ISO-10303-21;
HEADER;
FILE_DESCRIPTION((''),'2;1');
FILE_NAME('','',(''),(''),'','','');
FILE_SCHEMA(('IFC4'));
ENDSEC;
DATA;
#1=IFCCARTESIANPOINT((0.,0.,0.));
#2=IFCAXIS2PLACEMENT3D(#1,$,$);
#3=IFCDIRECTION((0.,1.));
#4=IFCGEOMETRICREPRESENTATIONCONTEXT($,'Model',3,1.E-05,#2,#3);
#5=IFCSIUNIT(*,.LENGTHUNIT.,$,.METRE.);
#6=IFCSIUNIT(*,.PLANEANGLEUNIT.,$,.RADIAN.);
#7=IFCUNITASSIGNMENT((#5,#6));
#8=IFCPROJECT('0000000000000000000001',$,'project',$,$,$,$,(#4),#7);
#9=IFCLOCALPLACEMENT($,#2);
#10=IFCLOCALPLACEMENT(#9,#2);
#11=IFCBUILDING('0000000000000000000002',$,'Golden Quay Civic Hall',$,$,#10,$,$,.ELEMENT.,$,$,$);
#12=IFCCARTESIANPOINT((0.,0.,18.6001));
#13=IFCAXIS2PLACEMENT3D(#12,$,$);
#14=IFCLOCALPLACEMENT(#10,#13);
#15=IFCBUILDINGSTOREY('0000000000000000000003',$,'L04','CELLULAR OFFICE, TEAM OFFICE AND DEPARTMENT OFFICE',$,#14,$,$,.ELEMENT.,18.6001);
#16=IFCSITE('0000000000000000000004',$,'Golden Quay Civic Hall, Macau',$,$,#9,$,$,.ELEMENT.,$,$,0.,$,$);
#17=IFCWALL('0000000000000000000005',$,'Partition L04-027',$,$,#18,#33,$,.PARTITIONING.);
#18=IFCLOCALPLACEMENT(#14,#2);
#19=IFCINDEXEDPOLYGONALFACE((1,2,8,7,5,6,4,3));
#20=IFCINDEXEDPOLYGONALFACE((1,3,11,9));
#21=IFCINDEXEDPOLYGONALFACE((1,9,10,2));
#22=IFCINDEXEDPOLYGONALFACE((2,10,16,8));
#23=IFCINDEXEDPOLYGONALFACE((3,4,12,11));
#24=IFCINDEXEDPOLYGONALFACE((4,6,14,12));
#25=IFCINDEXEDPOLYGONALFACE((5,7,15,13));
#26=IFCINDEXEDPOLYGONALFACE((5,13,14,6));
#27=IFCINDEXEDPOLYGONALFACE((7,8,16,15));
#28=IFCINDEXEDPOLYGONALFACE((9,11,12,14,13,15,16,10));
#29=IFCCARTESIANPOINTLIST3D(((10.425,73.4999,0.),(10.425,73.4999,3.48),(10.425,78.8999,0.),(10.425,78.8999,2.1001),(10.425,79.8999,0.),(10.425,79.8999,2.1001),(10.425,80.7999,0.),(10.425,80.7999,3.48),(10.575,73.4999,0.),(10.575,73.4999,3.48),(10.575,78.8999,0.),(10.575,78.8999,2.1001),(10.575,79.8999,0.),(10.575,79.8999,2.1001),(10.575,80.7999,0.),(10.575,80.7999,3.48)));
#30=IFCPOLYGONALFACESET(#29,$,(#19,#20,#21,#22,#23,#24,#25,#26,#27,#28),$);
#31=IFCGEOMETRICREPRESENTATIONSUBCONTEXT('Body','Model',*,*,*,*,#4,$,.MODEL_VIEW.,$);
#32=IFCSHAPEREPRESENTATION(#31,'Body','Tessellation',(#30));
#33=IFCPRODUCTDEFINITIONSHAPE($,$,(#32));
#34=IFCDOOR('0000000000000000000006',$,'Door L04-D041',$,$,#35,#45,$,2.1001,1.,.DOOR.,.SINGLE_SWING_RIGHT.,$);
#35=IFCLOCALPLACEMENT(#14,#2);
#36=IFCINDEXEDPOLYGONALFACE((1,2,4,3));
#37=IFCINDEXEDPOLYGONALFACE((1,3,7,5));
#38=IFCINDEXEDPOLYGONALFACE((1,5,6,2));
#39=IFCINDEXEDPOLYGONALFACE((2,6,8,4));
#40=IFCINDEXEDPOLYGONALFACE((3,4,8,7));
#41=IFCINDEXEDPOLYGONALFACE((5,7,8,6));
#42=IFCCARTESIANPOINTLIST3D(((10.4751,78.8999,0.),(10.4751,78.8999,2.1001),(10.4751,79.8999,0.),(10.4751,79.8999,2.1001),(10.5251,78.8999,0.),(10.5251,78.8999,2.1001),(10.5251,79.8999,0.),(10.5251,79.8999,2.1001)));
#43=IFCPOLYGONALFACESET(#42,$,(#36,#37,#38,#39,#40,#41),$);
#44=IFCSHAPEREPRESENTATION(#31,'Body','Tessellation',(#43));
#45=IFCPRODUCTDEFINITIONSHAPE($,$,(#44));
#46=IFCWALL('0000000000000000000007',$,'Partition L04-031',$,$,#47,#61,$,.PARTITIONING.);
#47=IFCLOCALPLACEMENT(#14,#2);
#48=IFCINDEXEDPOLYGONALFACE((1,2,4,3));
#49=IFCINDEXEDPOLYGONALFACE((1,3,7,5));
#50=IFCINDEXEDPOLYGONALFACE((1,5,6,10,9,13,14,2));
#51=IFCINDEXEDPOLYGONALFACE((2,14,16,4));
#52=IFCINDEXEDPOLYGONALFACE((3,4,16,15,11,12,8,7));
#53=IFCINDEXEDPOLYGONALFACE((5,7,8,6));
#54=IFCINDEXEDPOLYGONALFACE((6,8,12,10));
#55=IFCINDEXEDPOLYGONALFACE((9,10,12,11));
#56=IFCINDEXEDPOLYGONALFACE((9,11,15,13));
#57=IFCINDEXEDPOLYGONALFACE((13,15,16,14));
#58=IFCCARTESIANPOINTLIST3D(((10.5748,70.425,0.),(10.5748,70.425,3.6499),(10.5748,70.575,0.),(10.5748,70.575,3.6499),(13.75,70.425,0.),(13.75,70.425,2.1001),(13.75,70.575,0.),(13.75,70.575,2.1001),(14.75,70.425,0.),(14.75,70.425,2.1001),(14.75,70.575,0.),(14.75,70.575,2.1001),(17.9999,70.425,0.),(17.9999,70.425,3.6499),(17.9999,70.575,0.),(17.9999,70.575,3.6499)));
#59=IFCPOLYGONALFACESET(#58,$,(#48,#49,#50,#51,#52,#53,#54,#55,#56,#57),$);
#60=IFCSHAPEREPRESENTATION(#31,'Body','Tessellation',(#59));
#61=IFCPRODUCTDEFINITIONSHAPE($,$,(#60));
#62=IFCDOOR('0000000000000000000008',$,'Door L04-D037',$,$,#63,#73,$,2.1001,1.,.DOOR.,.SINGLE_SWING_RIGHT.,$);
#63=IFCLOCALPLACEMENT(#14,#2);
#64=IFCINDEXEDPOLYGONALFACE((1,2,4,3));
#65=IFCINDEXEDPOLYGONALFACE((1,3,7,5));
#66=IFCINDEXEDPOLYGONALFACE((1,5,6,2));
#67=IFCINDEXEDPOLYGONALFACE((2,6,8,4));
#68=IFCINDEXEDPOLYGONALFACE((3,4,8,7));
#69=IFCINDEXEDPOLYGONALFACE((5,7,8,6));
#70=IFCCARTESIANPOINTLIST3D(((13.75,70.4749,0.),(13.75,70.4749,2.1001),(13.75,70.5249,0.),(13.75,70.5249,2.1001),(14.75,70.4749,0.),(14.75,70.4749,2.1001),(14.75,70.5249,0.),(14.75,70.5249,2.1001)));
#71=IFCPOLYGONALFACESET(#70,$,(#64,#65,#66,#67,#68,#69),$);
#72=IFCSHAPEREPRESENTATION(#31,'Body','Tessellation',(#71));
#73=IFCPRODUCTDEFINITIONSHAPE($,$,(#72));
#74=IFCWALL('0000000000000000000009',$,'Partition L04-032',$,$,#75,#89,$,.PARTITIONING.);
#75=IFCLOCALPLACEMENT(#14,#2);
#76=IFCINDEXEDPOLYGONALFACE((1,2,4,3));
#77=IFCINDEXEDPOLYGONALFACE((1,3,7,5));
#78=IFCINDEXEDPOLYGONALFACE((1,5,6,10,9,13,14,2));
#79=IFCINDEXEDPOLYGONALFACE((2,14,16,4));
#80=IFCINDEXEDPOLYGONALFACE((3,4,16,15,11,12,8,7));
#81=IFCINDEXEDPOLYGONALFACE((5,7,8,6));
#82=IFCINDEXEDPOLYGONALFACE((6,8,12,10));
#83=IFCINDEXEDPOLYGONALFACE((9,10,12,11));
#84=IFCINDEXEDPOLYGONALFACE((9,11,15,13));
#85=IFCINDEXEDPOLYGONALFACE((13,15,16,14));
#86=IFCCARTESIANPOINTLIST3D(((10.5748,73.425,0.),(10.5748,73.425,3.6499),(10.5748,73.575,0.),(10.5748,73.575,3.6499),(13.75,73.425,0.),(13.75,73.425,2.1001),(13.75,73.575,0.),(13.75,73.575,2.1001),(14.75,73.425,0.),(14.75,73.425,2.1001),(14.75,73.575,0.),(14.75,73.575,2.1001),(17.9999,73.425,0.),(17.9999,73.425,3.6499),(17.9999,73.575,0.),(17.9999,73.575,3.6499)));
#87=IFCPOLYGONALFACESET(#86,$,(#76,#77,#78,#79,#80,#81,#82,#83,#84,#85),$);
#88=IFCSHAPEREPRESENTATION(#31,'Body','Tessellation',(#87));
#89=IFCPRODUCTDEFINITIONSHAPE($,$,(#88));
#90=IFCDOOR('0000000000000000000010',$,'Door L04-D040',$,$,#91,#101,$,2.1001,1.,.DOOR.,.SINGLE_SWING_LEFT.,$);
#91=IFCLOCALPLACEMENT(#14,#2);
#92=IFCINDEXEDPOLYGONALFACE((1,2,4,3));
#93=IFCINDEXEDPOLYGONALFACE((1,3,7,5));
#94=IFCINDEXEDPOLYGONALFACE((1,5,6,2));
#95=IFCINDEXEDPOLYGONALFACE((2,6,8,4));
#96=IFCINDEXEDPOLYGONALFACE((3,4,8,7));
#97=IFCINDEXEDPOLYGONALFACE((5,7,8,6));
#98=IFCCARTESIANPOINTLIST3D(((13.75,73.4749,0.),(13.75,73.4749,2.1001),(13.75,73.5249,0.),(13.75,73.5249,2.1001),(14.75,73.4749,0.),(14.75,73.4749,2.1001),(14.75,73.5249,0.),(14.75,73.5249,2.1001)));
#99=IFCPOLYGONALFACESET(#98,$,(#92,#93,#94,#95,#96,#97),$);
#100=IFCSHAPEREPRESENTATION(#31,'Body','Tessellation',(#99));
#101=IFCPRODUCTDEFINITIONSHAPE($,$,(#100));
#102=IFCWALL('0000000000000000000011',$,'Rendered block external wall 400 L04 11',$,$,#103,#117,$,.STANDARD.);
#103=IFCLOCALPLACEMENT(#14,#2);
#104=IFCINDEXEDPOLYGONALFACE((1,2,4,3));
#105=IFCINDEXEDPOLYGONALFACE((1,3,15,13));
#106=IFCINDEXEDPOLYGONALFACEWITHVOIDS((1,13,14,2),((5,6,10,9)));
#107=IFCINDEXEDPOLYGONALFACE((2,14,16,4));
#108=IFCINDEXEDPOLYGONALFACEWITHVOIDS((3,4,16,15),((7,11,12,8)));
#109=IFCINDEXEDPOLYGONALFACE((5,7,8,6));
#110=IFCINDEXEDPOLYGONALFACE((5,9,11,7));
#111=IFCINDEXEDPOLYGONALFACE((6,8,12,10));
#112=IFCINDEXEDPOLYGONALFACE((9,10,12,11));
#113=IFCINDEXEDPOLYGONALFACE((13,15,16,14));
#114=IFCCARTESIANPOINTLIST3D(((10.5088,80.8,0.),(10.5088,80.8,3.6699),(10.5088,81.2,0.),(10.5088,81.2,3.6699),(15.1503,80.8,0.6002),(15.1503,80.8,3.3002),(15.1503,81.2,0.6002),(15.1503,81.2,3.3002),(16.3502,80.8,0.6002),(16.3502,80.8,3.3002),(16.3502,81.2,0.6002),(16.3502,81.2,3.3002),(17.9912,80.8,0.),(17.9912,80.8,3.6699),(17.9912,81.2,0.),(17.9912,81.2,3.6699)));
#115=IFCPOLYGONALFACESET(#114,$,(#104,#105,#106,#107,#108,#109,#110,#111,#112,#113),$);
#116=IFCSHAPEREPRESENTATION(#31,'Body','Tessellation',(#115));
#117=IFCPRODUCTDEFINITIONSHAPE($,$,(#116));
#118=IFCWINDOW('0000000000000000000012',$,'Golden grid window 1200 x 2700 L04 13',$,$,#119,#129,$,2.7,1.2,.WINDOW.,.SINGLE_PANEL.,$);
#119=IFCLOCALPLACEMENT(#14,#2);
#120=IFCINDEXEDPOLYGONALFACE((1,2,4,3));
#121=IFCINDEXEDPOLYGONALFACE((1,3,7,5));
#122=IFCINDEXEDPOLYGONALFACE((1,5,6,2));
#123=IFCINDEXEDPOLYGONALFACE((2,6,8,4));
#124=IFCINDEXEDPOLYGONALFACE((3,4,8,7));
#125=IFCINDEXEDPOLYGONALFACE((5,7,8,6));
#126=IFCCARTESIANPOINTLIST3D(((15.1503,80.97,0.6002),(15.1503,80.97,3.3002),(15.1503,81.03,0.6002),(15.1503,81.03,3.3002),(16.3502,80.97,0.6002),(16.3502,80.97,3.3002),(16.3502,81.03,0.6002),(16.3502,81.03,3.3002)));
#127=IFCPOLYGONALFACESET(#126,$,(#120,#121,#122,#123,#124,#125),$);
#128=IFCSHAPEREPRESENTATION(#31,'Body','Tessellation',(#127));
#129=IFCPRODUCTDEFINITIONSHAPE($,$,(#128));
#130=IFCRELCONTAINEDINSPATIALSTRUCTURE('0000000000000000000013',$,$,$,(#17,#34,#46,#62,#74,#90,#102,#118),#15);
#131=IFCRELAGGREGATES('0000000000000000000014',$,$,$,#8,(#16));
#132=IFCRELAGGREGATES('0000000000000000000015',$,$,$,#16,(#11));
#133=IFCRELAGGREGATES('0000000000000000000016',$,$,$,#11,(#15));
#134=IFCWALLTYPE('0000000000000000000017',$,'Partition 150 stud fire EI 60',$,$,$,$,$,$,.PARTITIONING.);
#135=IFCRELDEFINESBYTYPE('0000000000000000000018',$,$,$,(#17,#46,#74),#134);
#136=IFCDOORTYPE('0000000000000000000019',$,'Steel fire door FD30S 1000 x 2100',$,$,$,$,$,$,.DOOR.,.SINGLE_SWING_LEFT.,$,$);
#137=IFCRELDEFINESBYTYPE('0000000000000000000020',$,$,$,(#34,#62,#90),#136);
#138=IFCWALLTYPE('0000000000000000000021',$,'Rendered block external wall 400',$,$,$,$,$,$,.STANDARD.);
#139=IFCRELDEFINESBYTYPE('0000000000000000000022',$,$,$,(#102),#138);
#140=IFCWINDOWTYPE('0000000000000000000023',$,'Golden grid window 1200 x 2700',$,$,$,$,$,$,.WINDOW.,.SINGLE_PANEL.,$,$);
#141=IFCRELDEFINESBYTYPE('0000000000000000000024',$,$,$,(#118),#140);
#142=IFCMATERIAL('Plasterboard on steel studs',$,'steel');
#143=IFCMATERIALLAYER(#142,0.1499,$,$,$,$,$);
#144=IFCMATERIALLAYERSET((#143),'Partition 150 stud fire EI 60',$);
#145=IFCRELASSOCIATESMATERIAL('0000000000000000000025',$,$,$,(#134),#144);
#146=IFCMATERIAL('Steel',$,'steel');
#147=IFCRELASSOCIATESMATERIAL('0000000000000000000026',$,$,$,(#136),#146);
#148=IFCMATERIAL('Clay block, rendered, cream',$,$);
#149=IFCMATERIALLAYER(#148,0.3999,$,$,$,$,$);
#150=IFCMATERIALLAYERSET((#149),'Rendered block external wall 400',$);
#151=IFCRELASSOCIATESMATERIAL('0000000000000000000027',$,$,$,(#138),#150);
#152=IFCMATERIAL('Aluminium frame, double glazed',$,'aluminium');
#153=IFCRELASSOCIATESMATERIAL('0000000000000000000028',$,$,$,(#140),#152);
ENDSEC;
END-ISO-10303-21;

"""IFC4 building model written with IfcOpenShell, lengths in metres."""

from ifc_helpers import new_model, si_unit, direction, frame, frame_2d, origin, place, context, subcontext, project, spatial, rectangle, extrude, material, layer, layer_set, type_object, element, fill, save


model = new_model("IFC4")

# Units and contexts
model_context = context("Model", 3, precision=1e-05, world=origin(), true_north=direction((0.0, 1.0)))
body_context = subcontext(model_context, "Body", "Model", "MODEL_VIEW")
ifc_project = project(units=[si_unit("LENGTHUNIT", "METRE"), si_unit("PLANEANGLEUNIT", "RADIAN")], contexts=[model_context])

# Site, building, storey
site_placement = place(None, origin())
site = spatial("IfcSite", under=ifc_project, at=site_placement, Name="Golden Quay Civic Hall, Macau", CompositionType="ELEMENT", RefElevation=0.0)
building_placement = place(site_placement, origin())
building = spatial("IfcBuilding", under=site, at=building_placement, Name="Golden Quay Civic Hall", CompositionType="ELEMENT")
storey_placement = place(building_placement, frame((0.0, 0.0, 18.6001)))
storey = spatial("IfcBuildingStorey", under=building, at=storey_placement, Name="L04", Description="CELLULAR OFFICE, TEAM OFFICE AND DEPARTMENT OFFICE", CompositionType="ELEMENT", Elevation=18.6001)

# Walls, openings, doors
ifc_material_1 = material(Name="Plasterboard on steel studs", Category="steel")
ifc_layer_1 = layer(ifc_material_1, 0.1499)
ifc_layer_set_1 = layer_set([ifc_layer_1], Name="Partition 150 stud fire EI 60")
wall_type_1 = type_object("IfcWallType", Name="Partition 150 stud fire EI 60", PredefinedType="PARTITIONING", material=ifc_layer_set_1)
wall_1_placement = place(storey_placement, frame((10.5, 73.5, 0.0), z_axis=(0.0, 0.0, 1.0), x_axis=(0.0, 1.0, 0.0)))
wall_1 = element("IfcWall", 1, at=wall_1_placement, inside=storey, type_object=wall_type_1, Name="Partition L04-027", PredefinedType="PARTITIONING", context=body_context, shape_type="SweptSolid", body=[
    extrude(rectangle(XDim=7.3, YDim=0.1499, at=frame_2d((3.6499, 0.0))), origin(), (0.0, 0.0, 1.0), 3.48),
])
opening_1_placement = place(wall_1_placement, frame((5.3999, 0.0, 0.0)))
opening_1 = element("IfcOpeningElement", 2, at=opening_1_placement, cuts=wall_1, PredefinedType="OPENING", context=body_context, shape_type="SweptSolid", body=[
    extrude(rectangle(XDim=1.0, YDim=2.1001, at=frame_2d((0.5, 1.05))), frame((0.0, 0.085, 0.0), z_axis=(0.0, -1.0, 0.0), x_axis=(1.0, 0.0, 0.0)), (0.0, 0.0, 1.0), 0.1699),
])
ifc_material_2 = material(Name="Steel", Category="steel")
door_type = type_object("IfcDoorType", Name="Steel fire door FD30S 1000 x 2100", OperationType="SINGLE_SWING_LEFT", PredefinedType="DOOR", material=ifc_material_2)
door_1_placement = place(opening_1_placement, frame((1.0, 0.0, 0.0), z_axis=(0.0, 0.0, 1.0), x_axis=(-1.0, 0.0, 0.0)))
door_1 = element("IfcDoor", 3, at=door_1_placement, inside=storey, type_object=door_type, Name="Door L04-D041", OperationType="SINGLE_SWING_RIGHT", OverallHeight=2.1001, OverallWidth=1.0, PredefinedType="DOOR", context=body_context, shape_type="SweptSolid", body=[
    extrude(rectangle(XDim=1.0, YDim=2.1001, at=frame_2d((0.5, 1.05))), frame((0.0, 0.0251, 0.0), z_axis=(0.0, -1.0, 0.0), x_axis=(1.0, 0.0, 0.0)), (0.0, 0.0, 1.0), 0.05),
])
fill(opening_1, door_1)
wall_2_placement = place(storey_placement, frame((10.575, 70.5, 0.0), z_axis=(0.0, 0.0, 1.0), x_axis=(1.0, 0.0, 0.0)))
wall_2 = element("IfcWall", 4, at=wall_2_placement, inside=storey, type_object=wall_type_1, Name="Partition L04-031", PredefinedType="PARTITIONING", context=body_context, shape_type="SweptSolid", body=[
    extrude(rectangle(XDim=7.425, YDim=0.1499, at=frame_2d((3.7124, 0.0))), origin(), (0.0, 0.0, 1.0), 3.6499),
])
opening_2_placement = place(wall_2_placement, frame((3.175, 0.0, 0.0)))
opening_2 = element("IfcOpeningElement", 5, at=opening_2_placement, cuts=wall_2, PredefinedType="OPENING", context=body_context, shape_type="SweptSolid", body=[
    extrude(rectangle(XDim=1.0, YDim=2.1001, at=frame_2d((0.5, 1.05))), frame((0.0, 0.085, 0.0), z_axis=(0.0, -1.0, 0.0), x_axis=(1.0, 0.0, 0.0)), (0.0, 0.0, 1.0), 0.1699),
])
door_2_placement = place(opening_2_placement, frame((1.0, 0.0, 0.0), z_axis=(0.0, 0.0, 1.0), x_axis=(-1.0, 0.0, 0.0)))
door_2 = element("IfcDoor", 6, at=door_2_placement, inside=storey, type_object=door_type, Name="Door L04-D037", OperationType="SINGLE_SWING_RIGHT", OverallHeight=2.1001, OverallWidth=1.0, PredefinedType="DOOR", context=body_context, shape_type="SweptSolid", body=[
    extrude(rectangle(XDim=1.0, YDim=2.1001, at=frame_2d((0.5, 1.05))), frame((0.0, 0.0251, 0.0), z_axis=(0.0, -1.0, 0.0), x_axis=(1.0, 0.0, 0.0)), (0.0, 0.0, 1.0), 0.05),
])
fill(opening_2, door_2)
wall_3_placement = place(storey_placement, frame((10.575, 73.5, 0.0), z_axis=(0.0, 0.0, 1.0), x_axis=(1.0, 0.0, 0.0)))
wall_3 = element("IfcWall", 7, at=wall_3_placement, inside=storey, type_object=wall_type_1, Name="Partition L04-032", PredefinedType="PARTITIONING", context=body_context, shape_type="SweptSolid", body=[
    extrude(rectangle(XDim=7.425, YDim=0.1499, at=frame_2d((3.7124, 0.0))), origin(), (0.0, 0.0, 1.0), 3.6499),
])
opening_3_placement = place(wall_3_placement, frame((3.175, 0.0, 0.0)))
opening_3 = element("IfcOpeningElement", 8, at=opening_3_placement, cuts=wall_3, PredefinedType="OPENING", context=body_context, shape_type="SweptSolid", body=[
    extrude(rectangle(XDim=1.0, YDim=2.1001, at=frame_2d((0.5, 1.05))), frame((0.0, 0.085, 0.0), z_axis=(0.0, -1.0, 0.0), x_axis=(1.0, 0.0, 0.0)), (0.0, 0.0, 1.0), 0.1699),
])
door_3_placement = place(opening_3_placement, origin())
door_3 = element("IfcDoor", 9, at=door_3_placement, inside=storey, type_object=door_type, Name="Door L04-D040", OperationType="SINGLE_SWING_LEFT", OverallHeight=2.1001, OverallWidth=1.0, PredefinedType="DOOR", context=body_context, shape_type="SweptSolid", body=[
    extrude(rectangle(XDim=1.0, YDim=2.1001, at=frame_2d((0.5, 1.05))), frame((0.0, 0.0249, 0.0), z_axis=(0.0, -1.0, 0.0), x_axis=(1.0, 0.0, 0.0)), (0.0, 0.0, 1.0), 0.05),
])
fill(opening_3, door_3)

# Wall, opening, window
ifc_material_3 = material(Name="Clay block, rendered, cream")
ifc_layer_2 = layer(ifc_material_3, 0.3999)
ifc_layer_set_2 = layer_set([ifc_layer_2], Name="Rendered block external wall 400")
wall_type_2 = type_object("IfcWallType", Name="Rendered block external wall 400", PredefinedType="STANDARD", material=ifc_layer_set_2)
wall_4_placement = place(storey_placement, frame((10.5088, 81.0, 0.0), z_axis=(0.0, 0.0, 1.0), x_axis=(1.0, 0.0, 0.0)))
wall_4 = element("IfcWall", 10, at=wall_4_placement, inside=storey, type_object=wall_type_2, Name="Rendered block external wall 400 L04 11", PredefinedType="STANDARD", context=body_context, shape_type="SweptSolid", body=[
    extrude(rectangle(XDim=7.4824, YDim=0.3999, at=frame_2d((3.7412, 0.0))), origin(), (0.0, 0.0, 1.0), 3.6699),
])
opening_4_placement = place(wall_4_placement, frame((4.6414, 0.0, 0.6001)))
opening_4 = element("IfcOpeningElement", 11, at=opening_4_placement, cuts=wall_4, PredefinedType="OPENING", context=body_context, shape_type="SweptSolid", body=[
    extrude(rectangle(XDim=1.2, YDim=2.7, at=frame_2d((0.6001, 1.3501))), frame((0.0, 0.21, 0.0), z_axis=(0.0, -1.0, 0.0), x_axis=(1.0, 0.0, 0.0)), (0.0, 0.0, 1.0), 0.4199),
])
ifc_material_4 = material(Name="Aluminium frame, double glazed", Category="aluminium")
window_type = type_object("IfcWindowType", Name="Golden grid window 1200 x 2700", PartitioningType="SINGLE_PANEL", PredefinedType="WINDOW", material=ifc_material_4)
window_placement = place(opening_4_placement, origin())
window = element("IfcWindow", 12, at=window_placement, inside=storey, type_object=window_type, Name="Golden grid window 1200 x 2700 L04 13", OverallHeight=2.7, OverallWidth=1.2, PartitioningType="SINGLE_PANEL", PredefinedType="WINDOW", context=body_context, shape_type="SweptSolid", body=[
    extrude(rectangle(XDim=1.2, YDim=2.7, at=frame_2d((0.6001, 1.3501))), frame((0.0, 0.03, 0.0), z_axis=(0.0, -1.0, 0.0), x_axis=(1.0, 0.0, 0.0)), (0.0, 0.0, 1.0), 0.0601),
])
fill(opening_4, window)

save(model, "model.ifc")
